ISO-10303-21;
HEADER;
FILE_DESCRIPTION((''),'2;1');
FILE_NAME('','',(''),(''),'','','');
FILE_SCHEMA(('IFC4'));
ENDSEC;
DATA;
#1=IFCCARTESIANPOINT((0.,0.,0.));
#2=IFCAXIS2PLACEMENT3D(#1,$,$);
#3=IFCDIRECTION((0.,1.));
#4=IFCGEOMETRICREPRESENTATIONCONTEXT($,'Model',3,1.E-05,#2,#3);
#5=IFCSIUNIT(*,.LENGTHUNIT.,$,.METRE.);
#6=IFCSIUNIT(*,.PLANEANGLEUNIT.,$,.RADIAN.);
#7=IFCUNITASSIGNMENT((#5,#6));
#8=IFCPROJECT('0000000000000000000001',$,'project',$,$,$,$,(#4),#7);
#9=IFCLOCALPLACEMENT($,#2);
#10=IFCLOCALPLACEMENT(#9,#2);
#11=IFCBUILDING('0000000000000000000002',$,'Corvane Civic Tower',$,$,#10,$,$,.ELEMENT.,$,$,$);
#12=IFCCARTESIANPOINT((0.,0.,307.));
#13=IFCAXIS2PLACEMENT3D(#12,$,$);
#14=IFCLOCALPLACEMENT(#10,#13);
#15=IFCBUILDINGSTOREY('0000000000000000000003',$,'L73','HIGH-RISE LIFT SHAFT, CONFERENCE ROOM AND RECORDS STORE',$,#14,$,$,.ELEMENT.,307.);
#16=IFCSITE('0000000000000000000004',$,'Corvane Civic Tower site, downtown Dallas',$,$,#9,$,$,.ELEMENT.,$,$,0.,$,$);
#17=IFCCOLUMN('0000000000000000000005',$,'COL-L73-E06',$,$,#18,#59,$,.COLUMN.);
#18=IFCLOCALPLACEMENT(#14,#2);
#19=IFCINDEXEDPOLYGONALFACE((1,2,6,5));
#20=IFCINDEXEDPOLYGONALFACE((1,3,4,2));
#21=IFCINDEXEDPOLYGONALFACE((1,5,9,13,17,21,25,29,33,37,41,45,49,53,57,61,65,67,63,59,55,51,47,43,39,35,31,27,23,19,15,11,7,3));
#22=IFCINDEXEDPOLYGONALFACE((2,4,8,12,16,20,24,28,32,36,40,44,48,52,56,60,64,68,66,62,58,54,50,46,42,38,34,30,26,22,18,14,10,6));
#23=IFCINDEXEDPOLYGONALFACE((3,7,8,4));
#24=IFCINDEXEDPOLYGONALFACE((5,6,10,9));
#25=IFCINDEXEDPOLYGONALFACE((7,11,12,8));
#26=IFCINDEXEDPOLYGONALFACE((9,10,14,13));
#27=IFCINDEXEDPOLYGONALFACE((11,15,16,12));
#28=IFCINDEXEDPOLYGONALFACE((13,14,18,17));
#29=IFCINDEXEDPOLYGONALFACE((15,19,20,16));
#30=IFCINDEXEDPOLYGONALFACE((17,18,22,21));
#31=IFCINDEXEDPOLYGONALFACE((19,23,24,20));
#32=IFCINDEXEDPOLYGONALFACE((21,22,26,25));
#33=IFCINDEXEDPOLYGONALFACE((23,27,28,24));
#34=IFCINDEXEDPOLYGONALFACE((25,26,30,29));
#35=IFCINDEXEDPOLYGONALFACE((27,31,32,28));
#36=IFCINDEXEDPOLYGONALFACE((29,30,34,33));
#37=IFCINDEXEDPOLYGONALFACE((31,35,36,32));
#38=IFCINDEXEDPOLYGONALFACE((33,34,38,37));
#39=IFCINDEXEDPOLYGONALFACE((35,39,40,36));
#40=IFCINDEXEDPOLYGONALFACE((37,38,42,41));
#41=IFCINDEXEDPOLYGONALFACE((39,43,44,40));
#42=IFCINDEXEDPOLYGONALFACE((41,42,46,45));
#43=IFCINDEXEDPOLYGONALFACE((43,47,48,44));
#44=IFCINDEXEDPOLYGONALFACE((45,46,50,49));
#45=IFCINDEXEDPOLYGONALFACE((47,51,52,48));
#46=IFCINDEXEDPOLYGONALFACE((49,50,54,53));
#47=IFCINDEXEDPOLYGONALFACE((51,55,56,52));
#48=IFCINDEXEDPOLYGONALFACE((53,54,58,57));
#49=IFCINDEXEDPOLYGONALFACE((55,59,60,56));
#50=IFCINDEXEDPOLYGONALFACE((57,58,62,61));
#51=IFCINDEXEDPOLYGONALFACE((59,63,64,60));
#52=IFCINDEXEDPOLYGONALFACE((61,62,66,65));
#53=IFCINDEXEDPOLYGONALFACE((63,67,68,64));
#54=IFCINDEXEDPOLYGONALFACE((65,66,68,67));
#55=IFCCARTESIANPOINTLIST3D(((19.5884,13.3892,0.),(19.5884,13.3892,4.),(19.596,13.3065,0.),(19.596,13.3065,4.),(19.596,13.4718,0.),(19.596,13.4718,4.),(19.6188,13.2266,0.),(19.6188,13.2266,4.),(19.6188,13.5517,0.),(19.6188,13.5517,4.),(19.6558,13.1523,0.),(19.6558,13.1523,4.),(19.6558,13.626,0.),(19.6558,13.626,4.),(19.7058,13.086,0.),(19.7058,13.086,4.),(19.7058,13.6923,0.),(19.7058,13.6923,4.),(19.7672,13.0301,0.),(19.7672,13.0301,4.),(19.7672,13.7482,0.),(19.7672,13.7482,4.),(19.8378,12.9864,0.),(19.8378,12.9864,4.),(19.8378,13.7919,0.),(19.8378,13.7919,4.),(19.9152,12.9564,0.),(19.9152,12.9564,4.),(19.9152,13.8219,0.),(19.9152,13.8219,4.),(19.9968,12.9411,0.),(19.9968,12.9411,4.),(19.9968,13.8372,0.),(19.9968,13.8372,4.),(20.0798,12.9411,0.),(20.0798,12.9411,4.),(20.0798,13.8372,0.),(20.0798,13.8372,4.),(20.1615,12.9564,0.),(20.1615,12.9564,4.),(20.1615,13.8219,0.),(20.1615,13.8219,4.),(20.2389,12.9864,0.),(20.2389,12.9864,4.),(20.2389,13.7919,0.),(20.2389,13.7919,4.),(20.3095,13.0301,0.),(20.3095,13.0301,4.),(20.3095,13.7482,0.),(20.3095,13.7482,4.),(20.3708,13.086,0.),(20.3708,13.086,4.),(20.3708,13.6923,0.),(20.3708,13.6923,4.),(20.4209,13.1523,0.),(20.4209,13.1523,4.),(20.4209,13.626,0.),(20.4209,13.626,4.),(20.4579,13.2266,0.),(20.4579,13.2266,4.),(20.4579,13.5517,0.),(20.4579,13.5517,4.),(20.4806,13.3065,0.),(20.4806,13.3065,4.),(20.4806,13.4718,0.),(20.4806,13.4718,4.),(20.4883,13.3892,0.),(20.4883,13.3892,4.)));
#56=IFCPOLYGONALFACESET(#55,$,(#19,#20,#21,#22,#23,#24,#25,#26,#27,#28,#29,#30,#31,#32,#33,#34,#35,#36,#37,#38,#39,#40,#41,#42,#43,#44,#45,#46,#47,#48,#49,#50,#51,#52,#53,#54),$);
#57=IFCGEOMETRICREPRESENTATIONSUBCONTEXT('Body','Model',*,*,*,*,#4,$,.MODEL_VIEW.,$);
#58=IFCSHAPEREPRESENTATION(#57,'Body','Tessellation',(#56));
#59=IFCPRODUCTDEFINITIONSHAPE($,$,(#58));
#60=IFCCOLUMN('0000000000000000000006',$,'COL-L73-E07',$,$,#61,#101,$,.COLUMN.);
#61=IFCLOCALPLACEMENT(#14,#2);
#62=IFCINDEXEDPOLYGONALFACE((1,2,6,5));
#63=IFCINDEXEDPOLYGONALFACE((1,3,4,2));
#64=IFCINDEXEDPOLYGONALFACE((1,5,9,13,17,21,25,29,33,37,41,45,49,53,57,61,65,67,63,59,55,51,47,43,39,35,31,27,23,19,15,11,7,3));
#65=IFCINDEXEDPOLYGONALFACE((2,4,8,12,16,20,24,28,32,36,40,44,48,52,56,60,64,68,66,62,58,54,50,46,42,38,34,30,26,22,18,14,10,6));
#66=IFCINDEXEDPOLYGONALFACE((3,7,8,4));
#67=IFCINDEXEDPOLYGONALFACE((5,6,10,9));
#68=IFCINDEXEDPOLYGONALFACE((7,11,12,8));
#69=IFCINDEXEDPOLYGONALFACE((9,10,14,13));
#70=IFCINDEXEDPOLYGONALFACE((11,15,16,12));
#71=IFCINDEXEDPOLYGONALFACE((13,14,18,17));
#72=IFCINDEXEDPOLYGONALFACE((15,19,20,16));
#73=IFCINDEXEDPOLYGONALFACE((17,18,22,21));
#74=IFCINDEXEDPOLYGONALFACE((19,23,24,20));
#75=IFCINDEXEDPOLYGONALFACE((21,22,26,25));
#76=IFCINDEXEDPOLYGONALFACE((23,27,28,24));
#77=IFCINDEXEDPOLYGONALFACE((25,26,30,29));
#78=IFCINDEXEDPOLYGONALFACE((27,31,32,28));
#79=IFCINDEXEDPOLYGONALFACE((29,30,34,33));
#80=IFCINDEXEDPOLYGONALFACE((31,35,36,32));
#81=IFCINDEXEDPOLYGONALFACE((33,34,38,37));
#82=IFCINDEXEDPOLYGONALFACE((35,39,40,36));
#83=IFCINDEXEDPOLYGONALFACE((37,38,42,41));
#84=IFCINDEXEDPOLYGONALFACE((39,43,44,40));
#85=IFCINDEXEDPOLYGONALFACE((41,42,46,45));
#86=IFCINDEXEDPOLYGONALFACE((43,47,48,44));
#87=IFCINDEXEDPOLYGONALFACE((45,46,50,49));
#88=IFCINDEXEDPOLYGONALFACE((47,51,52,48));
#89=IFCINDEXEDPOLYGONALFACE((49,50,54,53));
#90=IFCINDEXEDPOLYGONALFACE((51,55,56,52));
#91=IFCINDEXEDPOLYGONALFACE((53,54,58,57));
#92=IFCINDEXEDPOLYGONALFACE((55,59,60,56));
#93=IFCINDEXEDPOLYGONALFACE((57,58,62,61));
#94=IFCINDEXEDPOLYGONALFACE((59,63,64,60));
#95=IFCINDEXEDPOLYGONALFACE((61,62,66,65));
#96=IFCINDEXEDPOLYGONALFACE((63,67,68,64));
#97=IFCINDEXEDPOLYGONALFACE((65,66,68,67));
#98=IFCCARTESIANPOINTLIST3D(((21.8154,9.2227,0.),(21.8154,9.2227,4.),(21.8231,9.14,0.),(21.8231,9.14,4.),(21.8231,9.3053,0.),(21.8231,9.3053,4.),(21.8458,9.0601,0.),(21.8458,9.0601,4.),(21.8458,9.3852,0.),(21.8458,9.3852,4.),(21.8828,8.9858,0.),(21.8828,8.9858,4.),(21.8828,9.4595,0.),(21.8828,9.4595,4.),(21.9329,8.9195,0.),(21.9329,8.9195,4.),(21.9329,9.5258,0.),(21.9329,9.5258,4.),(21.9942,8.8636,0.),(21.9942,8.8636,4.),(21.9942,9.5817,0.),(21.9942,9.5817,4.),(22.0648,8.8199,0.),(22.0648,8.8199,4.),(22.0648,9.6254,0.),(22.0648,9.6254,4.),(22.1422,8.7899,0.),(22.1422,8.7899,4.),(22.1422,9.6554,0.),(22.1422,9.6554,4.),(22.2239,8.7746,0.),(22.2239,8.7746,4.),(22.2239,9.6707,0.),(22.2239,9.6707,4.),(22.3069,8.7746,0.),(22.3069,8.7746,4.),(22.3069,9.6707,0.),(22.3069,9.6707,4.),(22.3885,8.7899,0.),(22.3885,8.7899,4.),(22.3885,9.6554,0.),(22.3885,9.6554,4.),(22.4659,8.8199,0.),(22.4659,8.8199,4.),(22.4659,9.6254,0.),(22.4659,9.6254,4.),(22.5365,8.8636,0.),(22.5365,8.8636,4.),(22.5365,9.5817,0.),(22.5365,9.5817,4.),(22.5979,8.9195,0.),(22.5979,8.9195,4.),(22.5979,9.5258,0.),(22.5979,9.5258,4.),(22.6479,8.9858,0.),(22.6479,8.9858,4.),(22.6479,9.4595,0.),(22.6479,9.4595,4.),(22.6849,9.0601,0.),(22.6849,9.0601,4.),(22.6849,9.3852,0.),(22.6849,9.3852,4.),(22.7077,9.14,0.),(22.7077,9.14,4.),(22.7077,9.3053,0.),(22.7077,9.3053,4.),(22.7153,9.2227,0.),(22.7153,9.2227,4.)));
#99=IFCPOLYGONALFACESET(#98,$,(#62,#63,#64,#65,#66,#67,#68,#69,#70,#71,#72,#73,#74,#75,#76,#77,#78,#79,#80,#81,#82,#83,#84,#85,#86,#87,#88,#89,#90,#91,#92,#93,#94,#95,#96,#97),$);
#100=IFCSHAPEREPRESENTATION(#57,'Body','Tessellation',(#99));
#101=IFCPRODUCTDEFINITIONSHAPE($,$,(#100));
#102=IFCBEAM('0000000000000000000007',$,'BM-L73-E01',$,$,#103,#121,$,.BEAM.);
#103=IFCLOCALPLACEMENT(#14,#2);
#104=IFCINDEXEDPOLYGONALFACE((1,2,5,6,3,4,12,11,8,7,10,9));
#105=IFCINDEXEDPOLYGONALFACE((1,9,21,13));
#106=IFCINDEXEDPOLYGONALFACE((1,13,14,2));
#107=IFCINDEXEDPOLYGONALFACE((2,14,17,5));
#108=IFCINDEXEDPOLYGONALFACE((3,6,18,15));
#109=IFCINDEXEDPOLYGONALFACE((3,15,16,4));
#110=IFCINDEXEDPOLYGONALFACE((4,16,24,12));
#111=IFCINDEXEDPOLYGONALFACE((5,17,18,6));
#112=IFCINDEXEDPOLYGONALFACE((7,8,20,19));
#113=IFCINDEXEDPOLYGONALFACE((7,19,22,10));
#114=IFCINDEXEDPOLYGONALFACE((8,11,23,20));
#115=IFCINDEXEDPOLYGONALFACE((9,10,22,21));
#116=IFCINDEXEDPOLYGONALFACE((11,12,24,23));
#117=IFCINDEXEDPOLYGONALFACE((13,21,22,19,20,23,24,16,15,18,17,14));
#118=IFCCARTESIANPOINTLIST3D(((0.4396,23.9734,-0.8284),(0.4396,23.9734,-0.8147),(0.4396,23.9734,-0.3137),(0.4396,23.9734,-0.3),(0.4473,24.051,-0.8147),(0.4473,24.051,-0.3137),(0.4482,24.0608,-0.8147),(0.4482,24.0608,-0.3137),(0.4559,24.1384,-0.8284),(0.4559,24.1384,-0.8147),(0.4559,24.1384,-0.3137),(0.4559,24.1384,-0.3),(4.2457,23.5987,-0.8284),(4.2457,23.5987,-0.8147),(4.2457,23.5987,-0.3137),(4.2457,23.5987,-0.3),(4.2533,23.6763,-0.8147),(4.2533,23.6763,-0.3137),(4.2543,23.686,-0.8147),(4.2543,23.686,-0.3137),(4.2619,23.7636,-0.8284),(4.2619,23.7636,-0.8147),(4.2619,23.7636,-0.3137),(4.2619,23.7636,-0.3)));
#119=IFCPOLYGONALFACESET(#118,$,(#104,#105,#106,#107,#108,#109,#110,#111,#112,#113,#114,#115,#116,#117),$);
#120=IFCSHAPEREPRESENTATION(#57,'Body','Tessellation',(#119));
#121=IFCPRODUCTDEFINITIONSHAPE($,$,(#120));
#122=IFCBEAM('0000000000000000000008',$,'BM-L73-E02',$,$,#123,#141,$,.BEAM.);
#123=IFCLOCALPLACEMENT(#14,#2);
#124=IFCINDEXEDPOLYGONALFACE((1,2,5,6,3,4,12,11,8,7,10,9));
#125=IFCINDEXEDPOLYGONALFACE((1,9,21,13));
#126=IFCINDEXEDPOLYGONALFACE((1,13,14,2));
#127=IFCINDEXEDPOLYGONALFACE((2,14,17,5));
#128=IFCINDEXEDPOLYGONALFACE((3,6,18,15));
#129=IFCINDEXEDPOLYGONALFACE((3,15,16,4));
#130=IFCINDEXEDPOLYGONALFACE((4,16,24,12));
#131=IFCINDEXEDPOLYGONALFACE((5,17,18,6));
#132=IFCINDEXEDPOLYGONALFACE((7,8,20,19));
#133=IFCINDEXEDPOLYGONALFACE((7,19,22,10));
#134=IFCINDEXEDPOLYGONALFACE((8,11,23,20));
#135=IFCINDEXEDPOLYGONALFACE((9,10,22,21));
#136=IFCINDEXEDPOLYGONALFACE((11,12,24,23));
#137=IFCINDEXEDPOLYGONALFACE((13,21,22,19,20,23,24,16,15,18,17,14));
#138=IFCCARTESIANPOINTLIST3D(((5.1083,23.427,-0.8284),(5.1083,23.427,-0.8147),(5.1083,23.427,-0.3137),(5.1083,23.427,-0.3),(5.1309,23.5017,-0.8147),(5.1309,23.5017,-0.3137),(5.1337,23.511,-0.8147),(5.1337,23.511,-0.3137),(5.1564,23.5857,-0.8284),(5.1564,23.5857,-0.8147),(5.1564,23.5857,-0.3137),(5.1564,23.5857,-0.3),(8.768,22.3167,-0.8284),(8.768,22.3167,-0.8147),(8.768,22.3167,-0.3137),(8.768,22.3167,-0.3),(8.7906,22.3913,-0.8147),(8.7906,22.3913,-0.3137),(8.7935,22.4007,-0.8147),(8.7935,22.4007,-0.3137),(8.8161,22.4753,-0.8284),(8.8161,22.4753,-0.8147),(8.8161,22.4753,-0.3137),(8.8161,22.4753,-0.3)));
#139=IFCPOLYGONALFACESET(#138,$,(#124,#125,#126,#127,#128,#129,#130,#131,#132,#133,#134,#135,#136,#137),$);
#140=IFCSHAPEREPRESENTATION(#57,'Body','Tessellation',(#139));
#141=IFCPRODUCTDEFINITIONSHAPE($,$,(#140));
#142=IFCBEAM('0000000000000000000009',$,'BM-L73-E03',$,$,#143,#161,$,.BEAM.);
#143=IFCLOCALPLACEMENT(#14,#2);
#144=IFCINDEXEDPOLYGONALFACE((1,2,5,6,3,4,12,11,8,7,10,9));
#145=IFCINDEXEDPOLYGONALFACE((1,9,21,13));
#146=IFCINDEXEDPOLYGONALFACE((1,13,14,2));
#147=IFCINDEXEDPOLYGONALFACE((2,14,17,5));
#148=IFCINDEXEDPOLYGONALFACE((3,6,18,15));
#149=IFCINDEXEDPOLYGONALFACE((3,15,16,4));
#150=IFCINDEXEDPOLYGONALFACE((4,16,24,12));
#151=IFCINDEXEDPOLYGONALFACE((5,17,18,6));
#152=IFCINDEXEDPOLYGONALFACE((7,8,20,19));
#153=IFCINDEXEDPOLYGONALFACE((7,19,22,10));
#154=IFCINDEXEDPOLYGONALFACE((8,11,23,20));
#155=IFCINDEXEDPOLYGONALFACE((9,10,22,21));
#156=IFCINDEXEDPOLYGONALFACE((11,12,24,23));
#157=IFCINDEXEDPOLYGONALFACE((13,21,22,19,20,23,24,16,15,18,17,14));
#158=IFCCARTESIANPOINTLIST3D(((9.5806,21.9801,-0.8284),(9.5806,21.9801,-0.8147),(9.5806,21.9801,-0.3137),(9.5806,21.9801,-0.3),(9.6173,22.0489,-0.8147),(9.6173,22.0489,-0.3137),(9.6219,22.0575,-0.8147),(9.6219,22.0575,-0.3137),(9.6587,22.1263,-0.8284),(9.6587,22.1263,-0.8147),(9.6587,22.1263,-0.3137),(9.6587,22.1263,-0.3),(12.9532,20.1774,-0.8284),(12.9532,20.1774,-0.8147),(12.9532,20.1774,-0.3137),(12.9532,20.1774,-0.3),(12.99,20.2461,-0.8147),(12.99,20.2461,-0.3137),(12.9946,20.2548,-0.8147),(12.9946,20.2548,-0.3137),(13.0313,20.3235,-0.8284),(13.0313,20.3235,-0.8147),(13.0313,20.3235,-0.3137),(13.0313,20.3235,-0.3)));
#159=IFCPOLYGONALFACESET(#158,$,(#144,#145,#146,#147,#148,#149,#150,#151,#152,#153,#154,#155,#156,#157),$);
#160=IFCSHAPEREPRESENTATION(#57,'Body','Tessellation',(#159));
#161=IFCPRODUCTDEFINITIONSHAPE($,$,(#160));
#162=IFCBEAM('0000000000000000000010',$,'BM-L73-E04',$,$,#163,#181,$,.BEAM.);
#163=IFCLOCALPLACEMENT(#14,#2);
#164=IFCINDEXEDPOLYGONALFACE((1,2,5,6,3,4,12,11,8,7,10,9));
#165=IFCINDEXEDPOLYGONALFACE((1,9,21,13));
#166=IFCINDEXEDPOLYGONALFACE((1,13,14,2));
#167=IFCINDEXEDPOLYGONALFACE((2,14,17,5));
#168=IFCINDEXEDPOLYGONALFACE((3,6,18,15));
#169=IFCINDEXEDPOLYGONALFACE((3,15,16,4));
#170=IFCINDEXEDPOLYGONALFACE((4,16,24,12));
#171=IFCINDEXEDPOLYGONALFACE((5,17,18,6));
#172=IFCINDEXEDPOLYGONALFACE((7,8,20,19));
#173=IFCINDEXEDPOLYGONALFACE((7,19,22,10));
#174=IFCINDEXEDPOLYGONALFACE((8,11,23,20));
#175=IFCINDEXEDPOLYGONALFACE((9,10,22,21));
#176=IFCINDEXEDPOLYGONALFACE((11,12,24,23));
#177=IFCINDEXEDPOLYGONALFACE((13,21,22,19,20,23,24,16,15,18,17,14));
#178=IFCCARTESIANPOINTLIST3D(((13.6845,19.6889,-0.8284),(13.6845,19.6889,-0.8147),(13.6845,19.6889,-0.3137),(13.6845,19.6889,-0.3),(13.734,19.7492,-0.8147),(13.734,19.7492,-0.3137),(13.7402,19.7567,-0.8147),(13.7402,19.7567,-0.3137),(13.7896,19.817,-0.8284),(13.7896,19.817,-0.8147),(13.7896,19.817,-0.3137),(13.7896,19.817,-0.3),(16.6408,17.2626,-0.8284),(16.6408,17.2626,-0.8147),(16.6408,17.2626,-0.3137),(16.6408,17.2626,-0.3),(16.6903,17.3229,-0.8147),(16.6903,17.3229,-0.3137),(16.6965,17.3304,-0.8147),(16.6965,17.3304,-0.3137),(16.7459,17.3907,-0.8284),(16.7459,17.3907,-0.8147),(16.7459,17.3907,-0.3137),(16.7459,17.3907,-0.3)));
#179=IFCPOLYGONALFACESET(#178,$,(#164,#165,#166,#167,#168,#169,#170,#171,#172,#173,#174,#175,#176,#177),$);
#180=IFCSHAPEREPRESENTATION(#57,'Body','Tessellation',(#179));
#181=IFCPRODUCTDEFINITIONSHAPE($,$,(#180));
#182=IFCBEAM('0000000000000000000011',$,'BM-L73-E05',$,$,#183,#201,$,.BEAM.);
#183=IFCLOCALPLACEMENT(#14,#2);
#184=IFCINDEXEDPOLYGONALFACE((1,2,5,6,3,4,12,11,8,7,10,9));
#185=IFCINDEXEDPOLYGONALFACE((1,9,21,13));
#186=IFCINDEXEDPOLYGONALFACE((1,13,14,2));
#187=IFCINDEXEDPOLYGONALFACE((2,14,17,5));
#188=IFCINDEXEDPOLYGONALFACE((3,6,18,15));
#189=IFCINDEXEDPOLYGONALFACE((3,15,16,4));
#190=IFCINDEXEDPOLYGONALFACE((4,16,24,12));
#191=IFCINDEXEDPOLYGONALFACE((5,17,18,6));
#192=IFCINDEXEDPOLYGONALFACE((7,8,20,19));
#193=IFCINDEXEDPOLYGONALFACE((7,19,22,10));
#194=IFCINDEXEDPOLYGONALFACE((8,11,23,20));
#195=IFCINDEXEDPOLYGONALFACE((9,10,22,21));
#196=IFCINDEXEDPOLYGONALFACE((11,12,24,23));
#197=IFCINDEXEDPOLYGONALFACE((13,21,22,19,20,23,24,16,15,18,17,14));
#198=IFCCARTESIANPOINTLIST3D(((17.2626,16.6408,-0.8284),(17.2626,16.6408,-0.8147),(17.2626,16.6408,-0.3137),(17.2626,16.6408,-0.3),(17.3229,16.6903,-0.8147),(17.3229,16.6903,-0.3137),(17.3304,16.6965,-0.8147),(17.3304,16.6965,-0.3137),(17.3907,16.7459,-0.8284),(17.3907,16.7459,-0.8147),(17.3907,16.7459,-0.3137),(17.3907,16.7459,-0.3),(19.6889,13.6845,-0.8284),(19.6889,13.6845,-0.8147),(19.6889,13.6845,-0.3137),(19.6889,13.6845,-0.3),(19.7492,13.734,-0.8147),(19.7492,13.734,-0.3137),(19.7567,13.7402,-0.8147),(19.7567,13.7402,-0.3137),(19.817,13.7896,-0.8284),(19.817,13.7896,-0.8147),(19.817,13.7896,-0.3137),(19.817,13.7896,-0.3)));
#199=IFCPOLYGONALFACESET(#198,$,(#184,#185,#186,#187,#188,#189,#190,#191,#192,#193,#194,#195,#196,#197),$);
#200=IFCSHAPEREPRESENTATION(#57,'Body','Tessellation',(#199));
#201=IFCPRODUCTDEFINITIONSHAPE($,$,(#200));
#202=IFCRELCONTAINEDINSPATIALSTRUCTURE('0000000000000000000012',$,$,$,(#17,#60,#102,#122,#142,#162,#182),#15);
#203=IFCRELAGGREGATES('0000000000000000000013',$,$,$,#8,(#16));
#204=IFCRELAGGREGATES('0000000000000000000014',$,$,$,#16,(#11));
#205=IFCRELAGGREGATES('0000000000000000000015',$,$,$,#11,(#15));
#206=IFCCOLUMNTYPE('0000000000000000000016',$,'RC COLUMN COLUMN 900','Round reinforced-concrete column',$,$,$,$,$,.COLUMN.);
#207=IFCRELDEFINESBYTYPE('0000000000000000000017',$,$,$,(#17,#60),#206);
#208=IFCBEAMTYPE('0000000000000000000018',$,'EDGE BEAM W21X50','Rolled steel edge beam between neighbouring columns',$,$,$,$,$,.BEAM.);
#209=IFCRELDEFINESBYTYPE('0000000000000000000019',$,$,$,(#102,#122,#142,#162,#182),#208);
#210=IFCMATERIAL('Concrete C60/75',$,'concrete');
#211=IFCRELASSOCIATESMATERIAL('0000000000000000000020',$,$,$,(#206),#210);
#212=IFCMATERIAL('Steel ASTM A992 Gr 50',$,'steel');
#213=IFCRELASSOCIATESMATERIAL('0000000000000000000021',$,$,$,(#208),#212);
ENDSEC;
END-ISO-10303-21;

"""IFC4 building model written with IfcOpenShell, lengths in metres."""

from ifc_helpers import new_model, si_unit, direction, frame, origin, origin_2d, place, context, subcontext, project, spatial, circle, i_section, extrude, material, material_profile, profile_set, type_object, element, save


model = new_model("IFC4")

# Units and contexts
model_context = context("Model", 3, precision=1e-05, world=origin(), true_north=direction((0.0, 1.0)))
body_context = subcontext(model_context, "Body", "Model", "MODEL_VIEW")
ifc_project = project(units=[si_unit("LENGTHUNIT", "METRE"), si_unit("PLANEANGLEUNIT", "RADIAN")], contexts=[model_context])

# Site, building, storey
site_placement = place(None, origin())
site = spatial("IfcSite", under=ifc_project, at=site_placement, Name="Corvane Civic Tower site, downtown Dallas", CompositionType="ELEMENT", RefElevation=0.0)
building_placement = place(site_placement, origin())
building = spatial("IfcBuilding", under=site, at=building_placement, Name="Corvane Civic Tower", CompositionType="ELEMENT")
storey_placement = place(building_placement, frame((0.0, 0.0, 307.0)))
storey = spatial("IfcBuildingStorey", under=building, at=storey_placement, Name="L73", Description="HIGH-RISE LIFT SHAFT, CONFERENCE ROOM AND RECORDS STORE", CompositionType="ELEMENT", Elevation=307.0)

# Columns
ifc_material_1 = material(Name="Concrete C60/75", Category="concrete")
ifc_material_profile_1 = material_profile(ifc_material_1, circle(Radius=0.45, at=origin_2d()), Name="COLUMN 900")
ifc_profile_set_1 = profile_set([ifc_material_profile_1], Name="Concrete C60/75")
column_type = type_object("IfcColumnType", Name="RC COLUMN COLUMN 900", Description="Round reinforced-concrete column", PredefinedType="COLUMN", material=ifc_profile_set_1)
for number, where, z_axis, x_axis, name in (
    (1, (20.0383, 13.3892, 0.0), (0.0, 0.0, 1.0), (1.0, 0.0, 0.0), "COL-L73-E06"),
    (2, (22.2654, 9.2227, 0.0), (0.0, 0.0, 1.0), (1.0, 0.0, 0.0), "COL-L73-E07"),
):
    element("IfcColumn", number, at=place(storey_placement, frame(where, z_axis=z_axis, x_axis=x_axis)), inside=storey, type_object=column_type, Name=name, PredefinedType="COLUMN", context=body_context, shape_type="SweptSolid", body=[
        extrude(circle(Radius=0.45, at=origin_2d()), origin(), (0.0, 0.0, 1.0), 4.0),
    ])

# Beams
ifc_material_2 = material(Name="Steel ASTM A992 Gr 50", Category="steel")
ifc_material_profile_2 = material_profile(ifc_material_2, i_section(OverallWidth=0.1658, OverallDepth=0.5283, WebThickness=0.0098, FlangeThickness=0.0137, at=origin_2d()), Name="W21X50")
ifc_profile_set_2 = profile_set([ifc_material_profile_2], Name="Steel ASTM A992 Gr 50")
beam_type_1 = type_object("IfcBeamType", Name="EDGE BEAM W21X50", Description="Rolled steel edge beam between neighbouring columns", PredefinedType="BEAM", material=ifc_profile_set_2)
for number, where, z_axis, x_axis, name in (
    (3, (0.4478, 24.0559, -0.5642), (0.995188, -0.097987, 0.0), (0.097987, 0.995188, 0.0), "BM-L73-E01"),
    (4, (5.1323, 23.5063, -0.5642), (0.956926, -0.290333, 0.0), (0.290333, 0.956926, 0.0), "BM-L73-E02"),
):
    element("IfcBeam", number, at=place(storey_placement, frame(where, z_axis=z_axis, x_axis=x_axis)), inside=storey, type_object=beam_type_1, Name=name, PredefinedType="BEAM", context=body_context, shape_type="SweptSolid", body=[
        extrude(i_section(OverallWidth=0.1658, OverallDepth=0.5283, WebThickness=0.0098, FlangeThickness=0.0137, at=origin_2d()), origin(), (0.0, 0.0, 1.0), 3.8245),
    ])
beam_1_placement = place(storey_placement, frame((9.6196, 22.0532, -0.5642), z_axis=(0.881914, -0.47141, 0.0), x_axis=(0.47141, 0.881914, 0.0)))
element("IfcBeam", 5, at=beam_1_placement, inside=storey, type_object=beam_type_1, Name="BM-L73-E03", PredefinedType="BEAM", context=body_context, shape_type="SweptSolid", body=[
    extrude(i_section(OverallWidth=0.1658, OverallDepth=0.5283, WebThickness=0.0098, FlangeThickness=0.0137, at=origin_2d()), origin(), (0.0, 0.0, 1.0), 3.8242),
])
for number, where, z_axis, x_axis, name in (
    (6, (13.7371, 19.7529, -0.5642), (0.772998, -0.634409, 0.0), (0.634409, 0.772998, 0.0), "BM-L73-E04"),
    (7, (17.3267, 16.6934, -0.5642), (0.634409, -0.772998, 0.0), (0.772998, 0.634409, 0.0), "BM-L73-E05"),
):
    element("IfcBeam", number, at=place(storey_placement, frame(where, z_axis=z_axis, x_axis=x_axis)), inside=storey, type_object=beam_type_1, Name=name, PredefinedType="BEAM", context=body_context, shape_type="SweptSolid", body=[
        extrude(i_section(OverallWidth=0.1658, OverallDepth=0.5283, WebThickness=0.0098, FlangeThickness=0.0137, at=origin_2d()), origin(), (0.0, 0.0, 1.0), 3.8245),
    ])

save(model, "model.ifc")
